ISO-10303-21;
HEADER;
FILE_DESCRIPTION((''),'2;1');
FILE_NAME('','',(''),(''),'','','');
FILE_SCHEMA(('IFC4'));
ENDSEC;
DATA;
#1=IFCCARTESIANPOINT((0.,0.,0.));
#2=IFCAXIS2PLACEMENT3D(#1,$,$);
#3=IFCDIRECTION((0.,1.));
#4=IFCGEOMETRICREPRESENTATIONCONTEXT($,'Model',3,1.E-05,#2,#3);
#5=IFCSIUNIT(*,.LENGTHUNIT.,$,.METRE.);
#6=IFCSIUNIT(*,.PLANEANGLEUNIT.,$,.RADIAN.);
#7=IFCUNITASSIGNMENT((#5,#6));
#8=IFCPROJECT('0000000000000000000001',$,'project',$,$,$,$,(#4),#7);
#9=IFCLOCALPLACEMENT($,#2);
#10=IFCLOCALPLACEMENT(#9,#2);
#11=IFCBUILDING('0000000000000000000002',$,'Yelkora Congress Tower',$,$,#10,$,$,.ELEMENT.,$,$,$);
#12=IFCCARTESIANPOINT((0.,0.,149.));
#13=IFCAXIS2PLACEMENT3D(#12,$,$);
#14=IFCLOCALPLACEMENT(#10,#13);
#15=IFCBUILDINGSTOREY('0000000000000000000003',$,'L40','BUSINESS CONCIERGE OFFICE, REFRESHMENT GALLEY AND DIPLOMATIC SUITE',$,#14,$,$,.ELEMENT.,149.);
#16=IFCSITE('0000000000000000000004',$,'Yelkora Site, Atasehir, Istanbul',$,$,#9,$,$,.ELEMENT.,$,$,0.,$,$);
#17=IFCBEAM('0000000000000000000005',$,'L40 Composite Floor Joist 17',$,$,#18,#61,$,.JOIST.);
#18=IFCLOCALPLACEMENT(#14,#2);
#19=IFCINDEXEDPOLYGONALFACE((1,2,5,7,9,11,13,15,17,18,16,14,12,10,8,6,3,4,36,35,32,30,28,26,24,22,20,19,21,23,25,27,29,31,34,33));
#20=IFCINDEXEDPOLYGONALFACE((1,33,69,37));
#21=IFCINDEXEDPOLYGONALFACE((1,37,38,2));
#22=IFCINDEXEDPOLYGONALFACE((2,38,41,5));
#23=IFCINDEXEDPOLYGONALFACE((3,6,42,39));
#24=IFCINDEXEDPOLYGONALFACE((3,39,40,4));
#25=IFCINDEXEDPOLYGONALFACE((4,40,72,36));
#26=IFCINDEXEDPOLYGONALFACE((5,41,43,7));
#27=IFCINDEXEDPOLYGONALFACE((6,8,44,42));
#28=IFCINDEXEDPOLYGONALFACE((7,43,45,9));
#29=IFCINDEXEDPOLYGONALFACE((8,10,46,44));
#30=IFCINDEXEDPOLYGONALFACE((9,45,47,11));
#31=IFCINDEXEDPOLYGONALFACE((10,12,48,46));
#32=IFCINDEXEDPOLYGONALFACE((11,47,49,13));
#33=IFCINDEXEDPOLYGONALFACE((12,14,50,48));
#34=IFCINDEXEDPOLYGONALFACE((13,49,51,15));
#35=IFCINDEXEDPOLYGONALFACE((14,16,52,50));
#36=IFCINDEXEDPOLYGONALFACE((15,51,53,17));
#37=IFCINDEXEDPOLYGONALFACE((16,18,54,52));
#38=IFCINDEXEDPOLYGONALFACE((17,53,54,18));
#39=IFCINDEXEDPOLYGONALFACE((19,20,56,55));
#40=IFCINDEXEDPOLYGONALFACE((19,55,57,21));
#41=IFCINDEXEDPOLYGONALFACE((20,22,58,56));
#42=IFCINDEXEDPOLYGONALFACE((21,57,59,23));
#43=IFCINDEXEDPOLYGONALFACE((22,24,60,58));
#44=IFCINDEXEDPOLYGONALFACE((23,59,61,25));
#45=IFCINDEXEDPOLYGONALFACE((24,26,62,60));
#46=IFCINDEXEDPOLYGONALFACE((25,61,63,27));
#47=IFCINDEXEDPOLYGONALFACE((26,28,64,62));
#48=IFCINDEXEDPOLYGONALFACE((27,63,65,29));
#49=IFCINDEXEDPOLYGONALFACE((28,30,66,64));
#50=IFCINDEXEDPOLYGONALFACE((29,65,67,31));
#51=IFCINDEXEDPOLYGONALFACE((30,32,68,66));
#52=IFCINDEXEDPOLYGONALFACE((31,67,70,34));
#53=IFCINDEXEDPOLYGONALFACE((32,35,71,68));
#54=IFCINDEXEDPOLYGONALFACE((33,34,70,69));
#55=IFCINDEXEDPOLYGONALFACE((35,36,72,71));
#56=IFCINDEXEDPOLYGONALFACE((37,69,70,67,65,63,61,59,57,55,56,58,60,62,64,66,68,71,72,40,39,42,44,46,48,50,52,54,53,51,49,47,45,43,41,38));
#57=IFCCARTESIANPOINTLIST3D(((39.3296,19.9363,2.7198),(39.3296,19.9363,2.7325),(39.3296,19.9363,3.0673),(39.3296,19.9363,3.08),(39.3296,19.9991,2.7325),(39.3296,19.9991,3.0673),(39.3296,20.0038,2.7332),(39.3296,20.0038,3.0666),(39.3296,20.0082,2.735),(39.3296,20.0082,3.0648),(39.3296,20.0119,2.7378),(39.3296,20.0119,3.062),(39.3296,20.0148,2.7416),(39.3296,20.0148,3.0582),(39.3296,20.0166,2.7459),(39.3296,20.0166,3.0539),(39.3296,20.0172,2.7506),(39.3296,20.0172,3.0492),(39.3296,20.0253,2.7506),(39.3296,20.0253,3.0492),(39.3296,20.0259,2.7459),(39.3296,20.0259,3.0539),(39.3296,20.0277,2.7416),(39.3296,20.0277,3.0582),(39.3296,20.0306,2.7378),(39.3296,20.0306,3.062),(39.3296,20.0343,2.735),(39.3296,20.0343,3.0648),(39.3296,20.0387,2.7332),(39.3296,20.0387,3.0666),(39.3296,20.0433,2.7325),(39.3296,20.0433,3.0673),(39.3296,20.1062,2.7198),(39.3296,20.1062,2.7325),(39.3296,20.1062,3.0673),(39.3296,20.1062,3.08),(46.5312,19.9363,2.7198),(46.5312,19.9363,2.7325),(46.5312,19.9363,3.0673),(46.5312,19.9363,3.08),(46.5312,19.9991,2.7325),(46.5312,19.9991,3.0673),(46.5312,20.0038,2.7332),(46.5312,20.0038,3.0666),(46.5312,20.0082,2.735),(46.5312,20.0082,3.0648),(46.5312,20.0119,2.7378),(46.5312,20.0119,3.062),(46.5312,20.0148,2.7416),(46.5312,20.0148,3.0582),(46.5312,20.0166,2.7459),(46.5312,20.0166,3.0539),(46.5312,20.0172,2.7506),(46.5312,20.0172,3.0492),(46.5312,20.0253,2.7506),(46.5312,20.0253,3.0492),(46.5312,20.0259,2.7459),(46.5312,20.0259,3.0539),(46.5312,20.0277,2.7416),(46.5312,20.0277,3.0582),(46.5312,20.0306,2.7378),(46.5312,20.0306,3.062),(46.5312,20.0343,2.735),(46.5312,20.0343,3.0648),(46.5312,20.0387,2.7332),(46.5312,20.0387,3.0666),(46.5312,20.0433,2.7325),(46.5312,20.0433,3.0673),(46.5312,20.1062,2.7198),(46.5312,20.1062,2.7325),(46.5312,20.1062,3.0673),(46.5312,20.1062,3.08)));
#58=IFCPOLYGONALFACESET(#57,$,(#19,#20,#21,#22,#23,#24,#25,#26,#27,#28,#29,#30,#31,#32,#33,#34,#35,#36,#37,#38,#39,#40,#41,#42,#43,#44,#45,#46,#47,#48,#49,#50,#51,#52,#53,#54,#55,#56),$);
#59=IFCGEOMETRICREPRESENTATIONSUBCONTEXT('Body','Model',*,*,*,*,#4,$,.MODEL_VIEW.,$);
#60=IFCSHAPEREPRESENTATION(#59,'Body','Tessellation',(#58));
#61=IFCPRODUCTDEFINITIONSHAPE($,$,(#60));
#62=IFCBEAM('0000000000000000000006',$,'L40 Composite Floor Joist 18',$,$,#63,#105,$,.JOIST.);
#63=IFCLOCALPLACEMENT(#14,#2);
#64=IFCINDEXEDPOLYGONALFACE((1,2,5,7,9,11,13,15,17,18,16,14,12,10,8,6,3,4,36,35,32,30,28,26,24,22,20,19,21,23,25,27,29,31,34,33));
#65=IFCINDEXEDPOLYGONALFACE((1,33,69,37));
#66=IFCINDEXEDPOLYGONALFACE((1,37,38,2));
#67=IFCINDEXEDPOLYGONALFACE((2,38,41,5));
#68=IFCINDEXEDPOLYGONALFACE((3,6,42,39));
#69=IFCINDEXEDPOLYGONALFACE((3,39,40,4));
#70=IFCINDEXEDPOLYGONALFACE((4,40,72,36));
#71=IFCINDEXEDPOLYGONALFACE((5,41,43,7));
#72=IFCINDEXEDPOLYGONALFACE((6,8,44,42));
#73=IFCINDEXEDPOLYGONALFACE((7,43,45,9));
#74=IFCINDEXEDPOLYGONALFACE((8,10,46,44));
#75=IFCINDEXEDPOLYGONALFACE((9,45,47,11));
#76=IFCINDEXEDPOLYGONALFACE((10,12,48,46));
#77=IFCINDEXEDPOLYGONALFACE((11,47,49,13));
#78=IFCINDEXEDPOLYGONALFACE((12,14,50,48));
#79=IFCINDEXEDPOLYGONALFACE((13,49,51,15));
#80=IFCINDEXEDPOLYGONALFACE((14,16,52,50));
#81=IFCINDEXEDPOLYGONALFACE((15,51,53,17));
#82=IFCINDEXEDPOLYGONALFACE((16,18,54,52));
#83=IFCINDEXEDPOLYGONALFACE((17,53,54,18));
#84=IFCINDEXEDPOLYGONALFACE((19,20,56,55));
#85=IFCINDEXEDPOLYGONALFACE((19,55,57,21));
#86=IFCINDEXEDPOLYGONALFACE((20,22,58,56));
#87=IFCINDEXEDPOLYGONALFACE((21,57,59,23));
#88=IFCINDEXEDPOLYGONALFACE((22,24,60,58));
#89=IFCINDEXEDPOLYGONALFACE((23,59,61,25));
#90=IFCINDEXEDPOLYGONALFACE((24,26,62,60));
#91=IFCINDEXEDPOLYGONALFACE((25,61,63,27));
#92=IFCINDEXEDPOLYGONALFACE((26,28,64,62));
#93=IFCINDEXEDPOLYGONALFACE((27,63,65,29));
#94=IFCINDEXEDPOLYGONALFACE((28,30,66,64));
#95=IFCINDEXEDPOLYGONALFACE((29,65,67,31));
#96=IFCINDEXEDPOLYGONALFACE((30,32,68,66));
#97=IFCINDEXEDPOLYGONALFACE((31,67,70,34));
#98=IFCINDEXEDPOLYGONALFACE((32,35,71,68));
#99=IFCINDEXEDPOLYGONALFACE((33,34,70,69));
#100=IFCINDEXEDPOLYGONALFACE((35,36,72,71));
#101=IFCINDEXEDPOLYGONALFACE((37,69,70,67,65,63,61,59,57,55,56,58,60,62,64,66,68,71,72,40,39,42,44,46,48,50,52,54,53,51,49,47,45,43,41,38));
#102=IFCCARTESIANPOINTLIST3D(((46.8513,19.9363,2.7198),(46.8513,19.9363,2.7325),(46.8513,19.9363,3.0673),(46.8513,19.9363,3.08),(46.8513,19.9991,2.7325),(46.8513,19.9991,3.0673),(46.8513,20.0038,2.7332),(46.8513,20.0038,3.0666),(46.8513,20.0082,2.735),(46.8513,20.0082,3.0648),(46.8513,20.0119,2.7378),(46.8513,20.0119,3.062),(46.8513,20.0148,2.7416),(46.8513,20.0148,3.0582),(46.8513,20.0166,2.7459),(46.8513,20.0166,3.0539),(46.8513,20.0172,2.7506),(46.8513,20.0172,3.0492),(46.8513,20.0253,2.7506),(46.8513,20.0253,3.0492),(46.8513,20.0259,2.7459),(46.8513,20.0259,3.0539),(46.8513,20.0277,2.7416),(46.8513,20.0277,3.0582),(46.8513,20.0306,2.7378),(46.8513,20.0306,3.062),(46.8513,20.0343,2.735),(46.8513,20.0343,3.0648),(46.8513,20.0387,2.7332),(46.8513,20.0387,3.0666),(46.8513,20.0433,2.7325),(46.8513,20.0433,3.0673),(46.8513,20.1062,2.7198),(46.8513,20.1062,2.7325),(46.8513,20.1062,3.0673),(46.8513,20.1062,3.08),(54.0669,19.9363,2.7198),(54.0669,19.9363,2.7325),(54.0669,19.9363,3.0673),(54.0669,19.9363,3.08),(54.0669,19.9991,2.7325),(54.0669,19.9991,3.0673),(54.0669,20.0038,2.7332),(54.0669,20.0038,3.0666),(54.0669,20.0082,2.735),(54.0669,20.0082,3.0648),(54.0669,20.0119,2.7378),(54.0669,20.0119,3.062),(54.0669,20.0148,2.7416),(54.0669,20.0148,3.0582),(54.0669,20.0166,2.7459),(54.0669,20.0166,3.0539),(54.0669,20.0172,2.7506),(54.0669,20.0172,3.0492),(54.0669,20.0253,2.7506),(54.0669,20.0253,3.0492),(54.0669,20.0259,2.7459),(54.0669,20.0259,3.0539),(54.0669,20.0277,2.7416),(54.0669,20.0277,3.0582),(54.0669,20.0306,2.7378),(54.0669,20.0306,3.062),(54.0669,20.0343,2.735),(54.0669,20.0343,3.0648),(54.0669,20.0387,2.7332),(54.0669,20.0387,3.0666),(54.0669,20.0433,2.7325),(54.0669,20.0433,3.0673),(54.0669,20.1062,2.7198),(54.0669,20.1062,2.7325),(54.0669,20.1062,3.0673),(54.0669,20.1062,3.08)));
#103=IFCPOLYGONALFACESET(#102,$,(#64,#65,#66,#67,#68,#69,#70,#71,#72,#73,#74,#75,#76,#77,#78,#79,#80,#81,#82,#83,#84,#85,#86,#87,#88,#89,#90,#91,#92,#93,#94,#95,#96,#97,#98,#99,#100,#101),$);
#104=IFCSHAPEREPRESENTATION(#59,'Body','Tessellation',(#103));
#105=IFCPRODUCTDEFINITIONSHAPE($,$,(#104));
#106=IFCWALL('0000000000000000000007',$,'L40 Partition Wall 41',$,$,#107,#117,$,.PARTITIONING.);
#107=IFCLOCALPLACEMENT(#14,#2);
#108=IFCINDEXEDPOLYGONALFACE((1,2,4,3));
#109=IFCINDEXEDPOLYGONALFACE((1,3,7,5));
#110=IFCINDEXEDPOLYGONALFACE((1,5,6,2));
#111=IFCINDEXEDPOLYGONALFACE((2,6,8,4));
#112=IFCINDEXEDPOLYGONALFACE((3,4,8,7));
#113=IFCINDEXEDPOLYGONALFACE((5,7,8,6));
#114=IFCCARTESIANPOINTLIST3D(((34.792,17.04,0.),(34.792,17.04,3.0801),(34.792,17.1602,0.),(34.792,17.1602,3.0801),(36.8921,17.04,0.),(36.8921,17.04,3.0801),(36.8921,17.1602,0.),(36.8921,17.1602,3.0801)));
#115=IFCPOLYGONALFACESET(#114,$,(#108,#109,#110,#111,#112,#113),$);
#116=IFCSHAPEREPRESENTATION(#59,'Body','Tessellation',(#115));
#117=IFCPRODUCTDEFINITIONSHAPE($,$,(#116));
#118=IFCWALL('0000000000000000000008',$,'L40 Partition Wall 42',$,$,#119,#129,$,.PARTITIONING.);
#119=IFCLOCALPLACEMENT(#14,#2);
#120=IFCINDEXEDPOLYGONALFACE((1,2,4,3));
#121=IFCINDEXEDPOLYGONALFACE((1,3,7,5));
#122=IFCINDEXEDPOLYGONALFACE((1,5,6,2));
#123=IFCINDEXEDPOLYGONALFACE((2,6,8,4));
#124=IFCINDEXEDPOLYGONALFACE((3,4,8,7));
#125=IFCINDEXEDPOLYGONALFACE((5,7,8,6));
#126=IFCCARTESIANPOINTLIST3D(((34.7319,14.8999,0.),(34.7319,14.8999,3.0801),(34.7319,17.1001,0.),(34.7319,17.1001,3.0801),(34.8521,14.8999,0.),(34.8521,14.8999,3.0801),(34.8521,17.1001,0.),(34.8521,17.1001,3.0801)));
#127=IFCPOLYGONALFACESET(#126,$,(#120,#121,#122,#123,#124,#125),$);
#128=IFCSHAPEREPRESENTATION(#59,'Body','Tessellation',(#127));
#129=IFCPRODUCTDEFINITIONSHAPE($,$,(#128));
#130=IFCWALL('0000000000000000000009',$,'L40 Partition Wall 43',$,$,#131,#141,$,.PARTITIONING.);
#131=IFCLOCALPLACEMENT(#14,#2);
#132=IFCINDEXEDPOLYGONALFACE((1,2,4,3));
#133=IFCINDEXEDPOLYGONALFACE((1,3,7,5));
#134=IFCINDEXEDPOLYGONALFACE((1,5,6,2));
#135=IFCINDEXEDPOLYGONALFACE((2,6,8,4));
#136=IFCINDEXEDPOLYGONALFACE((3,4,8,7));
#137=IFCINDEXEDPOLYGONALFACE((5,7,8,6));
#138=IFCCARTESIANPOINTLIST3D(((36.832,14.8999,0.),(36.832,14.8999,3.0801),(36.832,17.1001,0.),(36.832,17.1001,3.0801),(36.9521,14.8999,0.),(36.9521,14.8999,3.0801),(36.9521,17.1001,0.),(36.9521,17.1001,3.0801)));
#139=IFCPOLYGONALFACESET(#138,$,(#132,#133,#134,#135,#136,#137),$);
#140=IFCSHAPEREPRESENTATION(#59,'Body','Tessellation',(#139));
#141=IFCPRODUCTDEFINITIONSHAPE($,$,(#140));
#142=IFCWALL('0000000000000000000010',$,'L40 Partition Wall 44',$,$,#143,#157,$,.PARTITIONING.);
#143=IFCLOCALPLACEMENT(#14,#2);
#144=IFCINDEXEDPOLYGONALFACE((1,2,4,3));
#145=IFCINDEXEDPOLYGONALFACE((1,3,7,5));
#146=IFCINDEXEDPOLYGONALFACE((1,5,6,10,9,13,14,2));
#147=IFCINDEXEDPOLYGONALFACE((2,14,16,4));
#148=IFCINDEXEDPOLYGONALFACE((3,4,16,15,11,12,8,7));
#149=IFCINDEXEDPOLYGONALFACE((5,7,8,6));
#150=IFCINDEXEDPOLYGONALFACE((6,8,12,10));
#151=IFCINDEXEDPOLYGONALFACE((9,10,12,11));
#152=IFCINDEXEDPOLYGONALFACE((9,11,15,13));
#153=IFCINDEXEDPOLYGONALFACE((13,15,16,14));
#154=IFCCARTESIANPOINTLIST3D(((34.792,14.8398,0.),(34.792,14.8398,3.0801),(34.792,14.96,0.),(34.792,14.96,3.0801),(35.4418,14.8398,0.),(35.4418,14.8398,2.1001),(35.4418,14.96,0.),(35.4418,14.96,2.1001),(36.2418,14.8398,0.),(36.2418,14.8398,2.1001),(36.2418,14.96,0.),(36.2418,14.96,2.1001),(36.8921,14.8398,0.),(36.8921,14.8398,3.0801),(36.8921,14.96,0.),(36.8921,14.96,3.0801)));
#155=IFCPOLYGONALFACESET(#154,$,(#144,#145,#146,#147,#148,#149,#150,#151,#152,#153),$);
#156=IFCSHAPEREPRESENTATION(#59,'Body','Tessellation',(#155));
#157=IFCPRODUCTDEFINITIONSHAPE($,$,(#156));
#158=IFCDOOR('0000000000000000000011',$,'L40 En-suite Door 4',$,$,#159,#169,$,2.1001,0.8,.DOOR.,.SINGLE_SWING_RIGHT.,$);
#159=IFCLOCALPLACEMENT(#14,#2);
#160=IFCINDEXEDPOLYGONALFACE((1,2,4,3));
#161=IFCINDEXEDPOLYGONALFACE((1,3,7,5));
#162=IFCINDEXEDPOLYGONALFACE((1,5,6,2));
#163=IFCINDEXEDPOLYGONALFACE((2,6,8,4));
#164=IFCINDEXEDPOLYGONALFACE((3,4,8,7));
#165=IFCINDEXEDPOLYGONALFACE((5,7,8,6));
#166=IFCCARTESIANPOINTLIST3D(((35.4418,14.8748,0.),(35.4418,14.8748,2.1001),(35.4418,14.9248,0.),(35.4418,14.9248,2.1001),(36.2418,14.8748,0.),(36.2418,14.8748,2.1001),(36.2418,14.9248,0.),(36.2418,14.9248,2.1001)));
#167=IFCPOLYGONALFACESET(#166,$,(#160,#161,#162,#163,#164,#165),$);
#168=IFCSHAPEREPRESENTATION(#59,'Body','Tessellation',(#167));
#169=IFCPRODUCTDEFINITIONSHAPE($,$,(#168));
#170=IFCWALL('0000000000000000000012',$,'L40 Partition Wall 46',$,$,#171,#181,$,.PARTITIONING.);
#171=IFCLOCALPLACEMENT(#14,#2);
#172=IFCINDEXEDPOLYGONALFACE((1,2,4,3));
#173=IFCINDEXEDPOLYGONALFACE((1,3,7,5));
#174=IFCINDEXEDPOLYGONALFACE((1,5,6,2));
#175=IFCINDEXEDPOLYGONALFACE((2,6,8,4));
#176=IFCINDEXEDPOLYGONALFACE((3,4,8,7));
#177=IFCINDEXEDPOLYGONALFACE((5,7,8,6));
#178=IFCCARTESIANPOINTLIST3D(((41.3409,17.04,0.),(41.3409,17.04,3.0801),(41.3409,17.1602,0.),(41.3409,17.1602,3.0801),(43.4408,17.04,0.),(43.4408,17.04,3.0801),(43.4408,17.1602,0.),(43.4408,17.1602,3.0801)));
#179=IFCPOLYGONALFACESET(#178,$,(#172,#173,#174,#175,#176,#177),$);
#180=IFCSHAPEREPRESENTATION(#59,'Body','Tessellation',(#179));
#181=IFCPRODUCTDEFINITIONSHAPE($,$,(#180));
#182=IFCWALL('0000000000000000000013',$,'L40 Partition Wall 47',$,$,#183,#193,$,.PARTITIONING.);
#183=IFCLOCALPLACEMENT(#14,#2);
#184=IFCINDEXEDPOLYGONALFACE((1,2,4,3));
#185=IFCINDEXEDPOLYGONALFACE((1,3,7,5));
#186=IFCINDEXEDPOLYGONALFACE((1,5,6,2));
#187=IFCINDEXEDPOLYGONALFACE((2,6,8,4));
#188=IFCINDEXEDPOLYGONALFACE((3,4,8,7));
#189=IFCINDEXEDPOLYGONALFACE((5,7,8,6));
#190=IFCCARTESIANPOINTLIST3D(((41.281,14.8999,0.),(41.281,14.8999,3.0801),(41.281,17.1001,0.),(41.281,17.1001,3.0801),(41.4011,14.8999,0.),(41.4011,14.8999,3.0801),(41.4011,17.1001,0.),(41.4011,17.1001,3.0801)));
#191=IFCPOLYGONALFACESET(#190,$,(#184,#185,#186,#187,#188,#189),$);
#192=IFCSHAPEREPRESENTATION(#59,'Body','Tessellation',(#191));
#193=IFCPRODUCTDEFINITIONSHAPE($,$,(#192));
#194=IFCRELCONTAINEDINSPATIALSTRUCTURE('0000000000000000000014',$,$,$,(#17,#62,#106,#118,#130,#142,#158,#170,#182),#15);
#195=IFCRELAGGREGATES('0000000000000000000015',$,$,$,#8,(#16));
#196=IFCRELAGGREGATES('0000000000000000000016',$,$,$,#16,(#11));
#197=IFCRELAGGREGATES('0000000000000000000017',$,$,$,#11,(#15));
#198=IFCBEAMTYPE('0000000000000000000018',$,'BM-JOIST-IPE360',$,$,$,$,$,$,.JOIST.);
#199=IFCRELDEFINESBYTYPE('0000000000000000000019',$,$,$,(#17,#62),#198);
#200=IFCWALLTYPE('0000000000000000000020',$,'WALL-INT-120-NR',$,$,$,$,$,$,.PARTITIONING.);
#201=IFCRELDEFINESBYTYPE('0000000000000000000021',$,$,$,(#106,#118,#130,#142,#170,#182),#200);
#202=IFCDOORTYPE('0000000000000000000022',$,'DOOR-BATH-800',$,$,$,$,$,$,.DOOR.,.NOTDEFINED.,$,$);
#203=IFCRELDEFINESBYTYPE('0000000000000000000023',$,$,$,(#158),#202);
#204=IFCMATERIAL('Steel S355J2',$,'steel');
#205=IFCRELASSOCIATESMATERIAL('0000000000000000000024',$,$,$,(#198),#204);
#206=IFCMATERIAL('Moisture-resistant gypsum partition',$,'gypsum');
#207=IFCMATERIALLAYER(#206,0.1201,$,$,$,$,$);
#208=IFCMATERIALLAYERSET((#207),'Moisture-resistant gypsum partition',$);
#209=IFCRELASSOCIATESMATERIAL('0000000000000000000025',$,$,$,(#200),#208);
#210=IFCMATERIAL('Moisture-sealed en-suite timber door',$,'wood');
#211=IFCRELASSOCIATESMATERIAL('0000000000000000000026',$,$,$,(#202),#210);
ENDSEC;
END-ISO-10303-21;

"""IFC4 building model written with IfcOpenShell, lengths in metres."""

from ifc_helpers import new_model, si_unit, direction, frame, frame_2d, origin, origin_2d, place, context, subcontext, project, spatial, rectangle, i_section, extrude, material, layer, layer_set, material_profile, profile_set, type_object, element, fill, save


model = new_model("IFC4")

# Units and contexts
model_context = context("Model", 3, precision=1e-05, world=origin(), true_north=direction((0.0, 1.0)))
body_context = subcontext(model_context, "Body", "Model", "MODEL_VIEW")
ifc_project = project(units=[si_unit("LENGTHUNIT", "METRE"), si_unit("PLANEANGLEUNIT", "RADIAN")], contexts=[model_context])

# Site, building, storey
site_placement = place(None, origin())
site = spatial("IfcSite", under=ifc_project, at=site_placement, Name="Yelkora Site, Atasehir, Istanbul", CompositionType="ELEMENT", RefElevation=0.0)
building_placement = place(site_placement, origin())
building = spatial("IfcBuilding", under=site, at=building_placement, Name="Yelkora Congress Tower", CompositionType="ELEMENT")
storey_placement = place(building_placement, frame((0.0, 0.0, 149.0)))
storey = spatial("IfcBuildingStorey", under=building, at=storey_placement, Name="L40", Description="BUSINESS CONCIERGE OFFICE, REFRESHMENT GALLEY AND DIPLOMATIC SUITE", CompositionType="ELEMENT", Elevation=149.0)

# Beams
ifc_material_1 = material(Name="Steel S355J2", Category="steel")
ifc_material_profile_1 = material_profile(ifc_material_1, i_section(OverallWidth=0.1699, OverallDepth=0.3601, WebThickness=0.0081, FlangeThickness=0.0127, FilletRadius=0.0181, at=origin_2d()), Name="IPE 360")
ifc_profile_set_1 = profile_set([ifc_material_profile_1], Name="Steel S355J2")
beam_type_1 = type_object("IfcBeamType", Name="BM-JOIST-IPE360", PredefinedType="JOIST", material=ifc_profile_set_1)
beam_1_placement = place(storey_placement, frame((39.3296, 20.0212, 2.8999), z_axis=(1.0, 0.0, 0.0), x_axis=(0.0, 1.0, 0.0)))
element("IfcBeam", 1, at=beam_1_placement, inside=storey, type_object=beam_type_1, Name="L40 Composite Floor Joist 17", PredefinedType="JOIST", context=body_context, shape_type="SweptSolid", body=[
    extrude(i_section(OverallWidth=0.1699, OverallDepth=0.3601, WebThickness=0.0081, FlangeThickness=0.0127, FilletRadius=0.0181, at=origin_2d()), origin(), (0.0, 0.0, 1.0), 7.2017),
])
beam_2_placement = place(storey_placement, frame((46.8513, 20.0212, 2.8999), z_axis=(1.0, 0.0, 0.0), x_axis=(0.0, 1.0, 0.0)))
element("IfcBeam", 2, at=beam_2_placement, inside=storey, type_object=beam_type_1, Name="L40 Composite Floor Joist 18", PredefinedType="JOIST", context=body_context, shape_type="SweptSolid", body=[
    extrude(i_section(OverallWidth=0.1699, OverallDepth=0.3601, WebThickness=0.0081, FlangeThickness=0.0127, FilletRadius=0.0181, at=origin_2d()), origin(), (0.0, 0.0, 1.0), 7.2156),
])

# Walls
ifc_material_2 = material(Name="Moisture-resistant gypsum partition", Category="gypsum")
ifc_layer_1 = layer(ifc_material_2, 0.1201)
ifc_layer_set_1 = layer_set([ifc_layer_1], Name="Moisture-resistant gypsum partition")
wall_type_1 = type_object("IfcWallType", Name="WALL-INT-120-NR", PredefinedType="PARTITIONING", material=ifc_layer_set_1)
wall_1_placement = place(storey_placement, frame((34.792, 17.1001, 0.0), z_axis=(0.0, 0.0, 1.0), x_axis=(1.0, 0.0, 0.0)))
element("IfcWall", 3, at=wall_1_placement, inside=storey, type_object=wall_type_1, Name="L40 Partition Wall 41", PredefinedType="PARTITIONING", context=body_context, shape_type="SweptSolid", body=[
    extrude(rectangle(XDim=2.1001, YDim=0.1201, at=frame_2d((1.05, 0.0))), origin(), (0.0, 0.0, 1.0), 3.0801),
])
for number, where, z_axis, x_axis, name in (
    (4, (34.792, 14.8999, 0.0), (0.0, 0.0, 1.0), (0.0, 1.0, 0.0), "L40 Partition Wall 42"),
    (5, (36.8921, 14.8999, 0.0), (0.0, 0.0, 1.0), (0.0, 1.0, 0.0), "L40 Partition Wall 43"),
):
    element("IfcWall", number, at=place(storey_placement, frame(where, z_axis=z_axis, x_axis=x_axis)), inside=storey, type_object=wall_type_1, Name=name, PredefinedType="PARTITIONING", context=body_context, shape_type="SweptSolid", body=[
        extrude(rectangle(XDim=2.2002, YDim=0.1201, at=frame_2d((1.1001, 0.0))), origin(), (0.0, 0.0, 1.0), 3.0801),
    ])

# Wall, opening, door
wall_2_placement = place(storey_placement, frame((34.792, 14.8999, 0.0), z_axis=(0.0, 0.0, 1.0), x_axis=(1.0, 0.0, 0.0)))
wall_2 = element("IfcWall", 6, at=wall_2_placement, inside=storey, type_object=wall_type_1, Name="L40 Partition Wall 44", PredefinedType="PARTITIONING", context=body_context, shape_type="SweptSolid", body=[
    extrude(rectangle(XDim=2.1001, YDim=0.1201, at=frame_2d((1.05, 0.0))), origin(), (0.0, 0.0, 1.0), 3.0801),
])
opening_1_placement = place(wall_2_placement, frame((0.6499, 0.0, 0.0)))
opening_1 = element("IfcOpeningElement", 7, at=opening_1_placement, cuts=wall_2, PredefinedType="OPENING", context=body_context, shape_type="SweptSolid", body=[
    extrude(rectangle(XDim=0.8, YDim=2.1001, at=frame_2d((0.3999, 1.05))), frame((0.0, 0.0701, 0.0), z_axis=(0.0, -1.0, 0.0), x_axis=(1.0, 0.0, 0.0)), (0.0, 0.0, 1.0), 0.1401),
])
ifc_material_3 = material(Name="Moisture-sealed en-suite timber door", Category="wood")
door_type = type_object("IfcDoorType", Name="DOOR-BATH-800", OperationType="NOTDEFINED", PredefinedType="DOOR", material=ifc_material_3)
door_1_placement = place(opening_1_placement, origin())
door_1 = element("IfcDoor", 8, at=door_1_placement, inside=storey, type_object=door_type, Name="L40 En-suite Door 4", OperationType="SINGLE_SWING_RIGHT", OverallHeight=2.1001, OverallWidth=0.8, PredefinedType="DOOR", context=body_context, shape_type="SweptSolid", body=[
    extrude(rectangle(XDim=0.8, YDim=2.1001, at=frame_2d((0.3999, 1.05))), frame((0.0, 0.0249, 0.0), z_axis=(0.0, -1.0, 0.0), x_axis=(1.0, 0.0, 0.0)), (0.0, 0.0, 1.0), 0.05),
])
fill(opening_1, door_1)

# Walls
wall_3_placement = place(storey_placement, frame((41.3411, 17.1001, 0.0), z_axis=(0.0, 0.0, 1.0), x_axis=(1.0, 0.0, 0.0)))
element("IfcWall", 9, at=wall_3_placement, inside=storey, type_object=wall_type_1, Name="L40 Partition Wall 46", PredefinedType="PARTITIONING", context=body_context, shape_type="SweptSolid", body=[
    extrude(rectangle(XDim=2.0999, YDim=0.1201, at=frame_2d((1.0498, 0.0))), origin(), (0.0, 0.0, 1.0), 3.0801),
])
for number, where, z_axis, x_axis, name in (
    (10, (41.3411, 14.8999, 0.0), (0.0, 0.0, 1.0), (0.0, 1.0, 0.0), "L40 Partition Wall 47"),
):
    element("IfcWall", number, at=place(storey_placement, frame(where, z_axis=z_axis, x_axis=x_axis)), inside=storey, type_object=wall_type_1, Name=name, PredefinedType="PARTITIONING", context=body_context, shape_type="SweptSolid", body=[
        extrude(rectangle(XDim=2.2002, YDim=0.1201, at=frame_2d((1.1001, 0.0))), origin(), (0.0, 0.0, 1.0), 3.0801),
    ])

save(model, "model.ifc")
